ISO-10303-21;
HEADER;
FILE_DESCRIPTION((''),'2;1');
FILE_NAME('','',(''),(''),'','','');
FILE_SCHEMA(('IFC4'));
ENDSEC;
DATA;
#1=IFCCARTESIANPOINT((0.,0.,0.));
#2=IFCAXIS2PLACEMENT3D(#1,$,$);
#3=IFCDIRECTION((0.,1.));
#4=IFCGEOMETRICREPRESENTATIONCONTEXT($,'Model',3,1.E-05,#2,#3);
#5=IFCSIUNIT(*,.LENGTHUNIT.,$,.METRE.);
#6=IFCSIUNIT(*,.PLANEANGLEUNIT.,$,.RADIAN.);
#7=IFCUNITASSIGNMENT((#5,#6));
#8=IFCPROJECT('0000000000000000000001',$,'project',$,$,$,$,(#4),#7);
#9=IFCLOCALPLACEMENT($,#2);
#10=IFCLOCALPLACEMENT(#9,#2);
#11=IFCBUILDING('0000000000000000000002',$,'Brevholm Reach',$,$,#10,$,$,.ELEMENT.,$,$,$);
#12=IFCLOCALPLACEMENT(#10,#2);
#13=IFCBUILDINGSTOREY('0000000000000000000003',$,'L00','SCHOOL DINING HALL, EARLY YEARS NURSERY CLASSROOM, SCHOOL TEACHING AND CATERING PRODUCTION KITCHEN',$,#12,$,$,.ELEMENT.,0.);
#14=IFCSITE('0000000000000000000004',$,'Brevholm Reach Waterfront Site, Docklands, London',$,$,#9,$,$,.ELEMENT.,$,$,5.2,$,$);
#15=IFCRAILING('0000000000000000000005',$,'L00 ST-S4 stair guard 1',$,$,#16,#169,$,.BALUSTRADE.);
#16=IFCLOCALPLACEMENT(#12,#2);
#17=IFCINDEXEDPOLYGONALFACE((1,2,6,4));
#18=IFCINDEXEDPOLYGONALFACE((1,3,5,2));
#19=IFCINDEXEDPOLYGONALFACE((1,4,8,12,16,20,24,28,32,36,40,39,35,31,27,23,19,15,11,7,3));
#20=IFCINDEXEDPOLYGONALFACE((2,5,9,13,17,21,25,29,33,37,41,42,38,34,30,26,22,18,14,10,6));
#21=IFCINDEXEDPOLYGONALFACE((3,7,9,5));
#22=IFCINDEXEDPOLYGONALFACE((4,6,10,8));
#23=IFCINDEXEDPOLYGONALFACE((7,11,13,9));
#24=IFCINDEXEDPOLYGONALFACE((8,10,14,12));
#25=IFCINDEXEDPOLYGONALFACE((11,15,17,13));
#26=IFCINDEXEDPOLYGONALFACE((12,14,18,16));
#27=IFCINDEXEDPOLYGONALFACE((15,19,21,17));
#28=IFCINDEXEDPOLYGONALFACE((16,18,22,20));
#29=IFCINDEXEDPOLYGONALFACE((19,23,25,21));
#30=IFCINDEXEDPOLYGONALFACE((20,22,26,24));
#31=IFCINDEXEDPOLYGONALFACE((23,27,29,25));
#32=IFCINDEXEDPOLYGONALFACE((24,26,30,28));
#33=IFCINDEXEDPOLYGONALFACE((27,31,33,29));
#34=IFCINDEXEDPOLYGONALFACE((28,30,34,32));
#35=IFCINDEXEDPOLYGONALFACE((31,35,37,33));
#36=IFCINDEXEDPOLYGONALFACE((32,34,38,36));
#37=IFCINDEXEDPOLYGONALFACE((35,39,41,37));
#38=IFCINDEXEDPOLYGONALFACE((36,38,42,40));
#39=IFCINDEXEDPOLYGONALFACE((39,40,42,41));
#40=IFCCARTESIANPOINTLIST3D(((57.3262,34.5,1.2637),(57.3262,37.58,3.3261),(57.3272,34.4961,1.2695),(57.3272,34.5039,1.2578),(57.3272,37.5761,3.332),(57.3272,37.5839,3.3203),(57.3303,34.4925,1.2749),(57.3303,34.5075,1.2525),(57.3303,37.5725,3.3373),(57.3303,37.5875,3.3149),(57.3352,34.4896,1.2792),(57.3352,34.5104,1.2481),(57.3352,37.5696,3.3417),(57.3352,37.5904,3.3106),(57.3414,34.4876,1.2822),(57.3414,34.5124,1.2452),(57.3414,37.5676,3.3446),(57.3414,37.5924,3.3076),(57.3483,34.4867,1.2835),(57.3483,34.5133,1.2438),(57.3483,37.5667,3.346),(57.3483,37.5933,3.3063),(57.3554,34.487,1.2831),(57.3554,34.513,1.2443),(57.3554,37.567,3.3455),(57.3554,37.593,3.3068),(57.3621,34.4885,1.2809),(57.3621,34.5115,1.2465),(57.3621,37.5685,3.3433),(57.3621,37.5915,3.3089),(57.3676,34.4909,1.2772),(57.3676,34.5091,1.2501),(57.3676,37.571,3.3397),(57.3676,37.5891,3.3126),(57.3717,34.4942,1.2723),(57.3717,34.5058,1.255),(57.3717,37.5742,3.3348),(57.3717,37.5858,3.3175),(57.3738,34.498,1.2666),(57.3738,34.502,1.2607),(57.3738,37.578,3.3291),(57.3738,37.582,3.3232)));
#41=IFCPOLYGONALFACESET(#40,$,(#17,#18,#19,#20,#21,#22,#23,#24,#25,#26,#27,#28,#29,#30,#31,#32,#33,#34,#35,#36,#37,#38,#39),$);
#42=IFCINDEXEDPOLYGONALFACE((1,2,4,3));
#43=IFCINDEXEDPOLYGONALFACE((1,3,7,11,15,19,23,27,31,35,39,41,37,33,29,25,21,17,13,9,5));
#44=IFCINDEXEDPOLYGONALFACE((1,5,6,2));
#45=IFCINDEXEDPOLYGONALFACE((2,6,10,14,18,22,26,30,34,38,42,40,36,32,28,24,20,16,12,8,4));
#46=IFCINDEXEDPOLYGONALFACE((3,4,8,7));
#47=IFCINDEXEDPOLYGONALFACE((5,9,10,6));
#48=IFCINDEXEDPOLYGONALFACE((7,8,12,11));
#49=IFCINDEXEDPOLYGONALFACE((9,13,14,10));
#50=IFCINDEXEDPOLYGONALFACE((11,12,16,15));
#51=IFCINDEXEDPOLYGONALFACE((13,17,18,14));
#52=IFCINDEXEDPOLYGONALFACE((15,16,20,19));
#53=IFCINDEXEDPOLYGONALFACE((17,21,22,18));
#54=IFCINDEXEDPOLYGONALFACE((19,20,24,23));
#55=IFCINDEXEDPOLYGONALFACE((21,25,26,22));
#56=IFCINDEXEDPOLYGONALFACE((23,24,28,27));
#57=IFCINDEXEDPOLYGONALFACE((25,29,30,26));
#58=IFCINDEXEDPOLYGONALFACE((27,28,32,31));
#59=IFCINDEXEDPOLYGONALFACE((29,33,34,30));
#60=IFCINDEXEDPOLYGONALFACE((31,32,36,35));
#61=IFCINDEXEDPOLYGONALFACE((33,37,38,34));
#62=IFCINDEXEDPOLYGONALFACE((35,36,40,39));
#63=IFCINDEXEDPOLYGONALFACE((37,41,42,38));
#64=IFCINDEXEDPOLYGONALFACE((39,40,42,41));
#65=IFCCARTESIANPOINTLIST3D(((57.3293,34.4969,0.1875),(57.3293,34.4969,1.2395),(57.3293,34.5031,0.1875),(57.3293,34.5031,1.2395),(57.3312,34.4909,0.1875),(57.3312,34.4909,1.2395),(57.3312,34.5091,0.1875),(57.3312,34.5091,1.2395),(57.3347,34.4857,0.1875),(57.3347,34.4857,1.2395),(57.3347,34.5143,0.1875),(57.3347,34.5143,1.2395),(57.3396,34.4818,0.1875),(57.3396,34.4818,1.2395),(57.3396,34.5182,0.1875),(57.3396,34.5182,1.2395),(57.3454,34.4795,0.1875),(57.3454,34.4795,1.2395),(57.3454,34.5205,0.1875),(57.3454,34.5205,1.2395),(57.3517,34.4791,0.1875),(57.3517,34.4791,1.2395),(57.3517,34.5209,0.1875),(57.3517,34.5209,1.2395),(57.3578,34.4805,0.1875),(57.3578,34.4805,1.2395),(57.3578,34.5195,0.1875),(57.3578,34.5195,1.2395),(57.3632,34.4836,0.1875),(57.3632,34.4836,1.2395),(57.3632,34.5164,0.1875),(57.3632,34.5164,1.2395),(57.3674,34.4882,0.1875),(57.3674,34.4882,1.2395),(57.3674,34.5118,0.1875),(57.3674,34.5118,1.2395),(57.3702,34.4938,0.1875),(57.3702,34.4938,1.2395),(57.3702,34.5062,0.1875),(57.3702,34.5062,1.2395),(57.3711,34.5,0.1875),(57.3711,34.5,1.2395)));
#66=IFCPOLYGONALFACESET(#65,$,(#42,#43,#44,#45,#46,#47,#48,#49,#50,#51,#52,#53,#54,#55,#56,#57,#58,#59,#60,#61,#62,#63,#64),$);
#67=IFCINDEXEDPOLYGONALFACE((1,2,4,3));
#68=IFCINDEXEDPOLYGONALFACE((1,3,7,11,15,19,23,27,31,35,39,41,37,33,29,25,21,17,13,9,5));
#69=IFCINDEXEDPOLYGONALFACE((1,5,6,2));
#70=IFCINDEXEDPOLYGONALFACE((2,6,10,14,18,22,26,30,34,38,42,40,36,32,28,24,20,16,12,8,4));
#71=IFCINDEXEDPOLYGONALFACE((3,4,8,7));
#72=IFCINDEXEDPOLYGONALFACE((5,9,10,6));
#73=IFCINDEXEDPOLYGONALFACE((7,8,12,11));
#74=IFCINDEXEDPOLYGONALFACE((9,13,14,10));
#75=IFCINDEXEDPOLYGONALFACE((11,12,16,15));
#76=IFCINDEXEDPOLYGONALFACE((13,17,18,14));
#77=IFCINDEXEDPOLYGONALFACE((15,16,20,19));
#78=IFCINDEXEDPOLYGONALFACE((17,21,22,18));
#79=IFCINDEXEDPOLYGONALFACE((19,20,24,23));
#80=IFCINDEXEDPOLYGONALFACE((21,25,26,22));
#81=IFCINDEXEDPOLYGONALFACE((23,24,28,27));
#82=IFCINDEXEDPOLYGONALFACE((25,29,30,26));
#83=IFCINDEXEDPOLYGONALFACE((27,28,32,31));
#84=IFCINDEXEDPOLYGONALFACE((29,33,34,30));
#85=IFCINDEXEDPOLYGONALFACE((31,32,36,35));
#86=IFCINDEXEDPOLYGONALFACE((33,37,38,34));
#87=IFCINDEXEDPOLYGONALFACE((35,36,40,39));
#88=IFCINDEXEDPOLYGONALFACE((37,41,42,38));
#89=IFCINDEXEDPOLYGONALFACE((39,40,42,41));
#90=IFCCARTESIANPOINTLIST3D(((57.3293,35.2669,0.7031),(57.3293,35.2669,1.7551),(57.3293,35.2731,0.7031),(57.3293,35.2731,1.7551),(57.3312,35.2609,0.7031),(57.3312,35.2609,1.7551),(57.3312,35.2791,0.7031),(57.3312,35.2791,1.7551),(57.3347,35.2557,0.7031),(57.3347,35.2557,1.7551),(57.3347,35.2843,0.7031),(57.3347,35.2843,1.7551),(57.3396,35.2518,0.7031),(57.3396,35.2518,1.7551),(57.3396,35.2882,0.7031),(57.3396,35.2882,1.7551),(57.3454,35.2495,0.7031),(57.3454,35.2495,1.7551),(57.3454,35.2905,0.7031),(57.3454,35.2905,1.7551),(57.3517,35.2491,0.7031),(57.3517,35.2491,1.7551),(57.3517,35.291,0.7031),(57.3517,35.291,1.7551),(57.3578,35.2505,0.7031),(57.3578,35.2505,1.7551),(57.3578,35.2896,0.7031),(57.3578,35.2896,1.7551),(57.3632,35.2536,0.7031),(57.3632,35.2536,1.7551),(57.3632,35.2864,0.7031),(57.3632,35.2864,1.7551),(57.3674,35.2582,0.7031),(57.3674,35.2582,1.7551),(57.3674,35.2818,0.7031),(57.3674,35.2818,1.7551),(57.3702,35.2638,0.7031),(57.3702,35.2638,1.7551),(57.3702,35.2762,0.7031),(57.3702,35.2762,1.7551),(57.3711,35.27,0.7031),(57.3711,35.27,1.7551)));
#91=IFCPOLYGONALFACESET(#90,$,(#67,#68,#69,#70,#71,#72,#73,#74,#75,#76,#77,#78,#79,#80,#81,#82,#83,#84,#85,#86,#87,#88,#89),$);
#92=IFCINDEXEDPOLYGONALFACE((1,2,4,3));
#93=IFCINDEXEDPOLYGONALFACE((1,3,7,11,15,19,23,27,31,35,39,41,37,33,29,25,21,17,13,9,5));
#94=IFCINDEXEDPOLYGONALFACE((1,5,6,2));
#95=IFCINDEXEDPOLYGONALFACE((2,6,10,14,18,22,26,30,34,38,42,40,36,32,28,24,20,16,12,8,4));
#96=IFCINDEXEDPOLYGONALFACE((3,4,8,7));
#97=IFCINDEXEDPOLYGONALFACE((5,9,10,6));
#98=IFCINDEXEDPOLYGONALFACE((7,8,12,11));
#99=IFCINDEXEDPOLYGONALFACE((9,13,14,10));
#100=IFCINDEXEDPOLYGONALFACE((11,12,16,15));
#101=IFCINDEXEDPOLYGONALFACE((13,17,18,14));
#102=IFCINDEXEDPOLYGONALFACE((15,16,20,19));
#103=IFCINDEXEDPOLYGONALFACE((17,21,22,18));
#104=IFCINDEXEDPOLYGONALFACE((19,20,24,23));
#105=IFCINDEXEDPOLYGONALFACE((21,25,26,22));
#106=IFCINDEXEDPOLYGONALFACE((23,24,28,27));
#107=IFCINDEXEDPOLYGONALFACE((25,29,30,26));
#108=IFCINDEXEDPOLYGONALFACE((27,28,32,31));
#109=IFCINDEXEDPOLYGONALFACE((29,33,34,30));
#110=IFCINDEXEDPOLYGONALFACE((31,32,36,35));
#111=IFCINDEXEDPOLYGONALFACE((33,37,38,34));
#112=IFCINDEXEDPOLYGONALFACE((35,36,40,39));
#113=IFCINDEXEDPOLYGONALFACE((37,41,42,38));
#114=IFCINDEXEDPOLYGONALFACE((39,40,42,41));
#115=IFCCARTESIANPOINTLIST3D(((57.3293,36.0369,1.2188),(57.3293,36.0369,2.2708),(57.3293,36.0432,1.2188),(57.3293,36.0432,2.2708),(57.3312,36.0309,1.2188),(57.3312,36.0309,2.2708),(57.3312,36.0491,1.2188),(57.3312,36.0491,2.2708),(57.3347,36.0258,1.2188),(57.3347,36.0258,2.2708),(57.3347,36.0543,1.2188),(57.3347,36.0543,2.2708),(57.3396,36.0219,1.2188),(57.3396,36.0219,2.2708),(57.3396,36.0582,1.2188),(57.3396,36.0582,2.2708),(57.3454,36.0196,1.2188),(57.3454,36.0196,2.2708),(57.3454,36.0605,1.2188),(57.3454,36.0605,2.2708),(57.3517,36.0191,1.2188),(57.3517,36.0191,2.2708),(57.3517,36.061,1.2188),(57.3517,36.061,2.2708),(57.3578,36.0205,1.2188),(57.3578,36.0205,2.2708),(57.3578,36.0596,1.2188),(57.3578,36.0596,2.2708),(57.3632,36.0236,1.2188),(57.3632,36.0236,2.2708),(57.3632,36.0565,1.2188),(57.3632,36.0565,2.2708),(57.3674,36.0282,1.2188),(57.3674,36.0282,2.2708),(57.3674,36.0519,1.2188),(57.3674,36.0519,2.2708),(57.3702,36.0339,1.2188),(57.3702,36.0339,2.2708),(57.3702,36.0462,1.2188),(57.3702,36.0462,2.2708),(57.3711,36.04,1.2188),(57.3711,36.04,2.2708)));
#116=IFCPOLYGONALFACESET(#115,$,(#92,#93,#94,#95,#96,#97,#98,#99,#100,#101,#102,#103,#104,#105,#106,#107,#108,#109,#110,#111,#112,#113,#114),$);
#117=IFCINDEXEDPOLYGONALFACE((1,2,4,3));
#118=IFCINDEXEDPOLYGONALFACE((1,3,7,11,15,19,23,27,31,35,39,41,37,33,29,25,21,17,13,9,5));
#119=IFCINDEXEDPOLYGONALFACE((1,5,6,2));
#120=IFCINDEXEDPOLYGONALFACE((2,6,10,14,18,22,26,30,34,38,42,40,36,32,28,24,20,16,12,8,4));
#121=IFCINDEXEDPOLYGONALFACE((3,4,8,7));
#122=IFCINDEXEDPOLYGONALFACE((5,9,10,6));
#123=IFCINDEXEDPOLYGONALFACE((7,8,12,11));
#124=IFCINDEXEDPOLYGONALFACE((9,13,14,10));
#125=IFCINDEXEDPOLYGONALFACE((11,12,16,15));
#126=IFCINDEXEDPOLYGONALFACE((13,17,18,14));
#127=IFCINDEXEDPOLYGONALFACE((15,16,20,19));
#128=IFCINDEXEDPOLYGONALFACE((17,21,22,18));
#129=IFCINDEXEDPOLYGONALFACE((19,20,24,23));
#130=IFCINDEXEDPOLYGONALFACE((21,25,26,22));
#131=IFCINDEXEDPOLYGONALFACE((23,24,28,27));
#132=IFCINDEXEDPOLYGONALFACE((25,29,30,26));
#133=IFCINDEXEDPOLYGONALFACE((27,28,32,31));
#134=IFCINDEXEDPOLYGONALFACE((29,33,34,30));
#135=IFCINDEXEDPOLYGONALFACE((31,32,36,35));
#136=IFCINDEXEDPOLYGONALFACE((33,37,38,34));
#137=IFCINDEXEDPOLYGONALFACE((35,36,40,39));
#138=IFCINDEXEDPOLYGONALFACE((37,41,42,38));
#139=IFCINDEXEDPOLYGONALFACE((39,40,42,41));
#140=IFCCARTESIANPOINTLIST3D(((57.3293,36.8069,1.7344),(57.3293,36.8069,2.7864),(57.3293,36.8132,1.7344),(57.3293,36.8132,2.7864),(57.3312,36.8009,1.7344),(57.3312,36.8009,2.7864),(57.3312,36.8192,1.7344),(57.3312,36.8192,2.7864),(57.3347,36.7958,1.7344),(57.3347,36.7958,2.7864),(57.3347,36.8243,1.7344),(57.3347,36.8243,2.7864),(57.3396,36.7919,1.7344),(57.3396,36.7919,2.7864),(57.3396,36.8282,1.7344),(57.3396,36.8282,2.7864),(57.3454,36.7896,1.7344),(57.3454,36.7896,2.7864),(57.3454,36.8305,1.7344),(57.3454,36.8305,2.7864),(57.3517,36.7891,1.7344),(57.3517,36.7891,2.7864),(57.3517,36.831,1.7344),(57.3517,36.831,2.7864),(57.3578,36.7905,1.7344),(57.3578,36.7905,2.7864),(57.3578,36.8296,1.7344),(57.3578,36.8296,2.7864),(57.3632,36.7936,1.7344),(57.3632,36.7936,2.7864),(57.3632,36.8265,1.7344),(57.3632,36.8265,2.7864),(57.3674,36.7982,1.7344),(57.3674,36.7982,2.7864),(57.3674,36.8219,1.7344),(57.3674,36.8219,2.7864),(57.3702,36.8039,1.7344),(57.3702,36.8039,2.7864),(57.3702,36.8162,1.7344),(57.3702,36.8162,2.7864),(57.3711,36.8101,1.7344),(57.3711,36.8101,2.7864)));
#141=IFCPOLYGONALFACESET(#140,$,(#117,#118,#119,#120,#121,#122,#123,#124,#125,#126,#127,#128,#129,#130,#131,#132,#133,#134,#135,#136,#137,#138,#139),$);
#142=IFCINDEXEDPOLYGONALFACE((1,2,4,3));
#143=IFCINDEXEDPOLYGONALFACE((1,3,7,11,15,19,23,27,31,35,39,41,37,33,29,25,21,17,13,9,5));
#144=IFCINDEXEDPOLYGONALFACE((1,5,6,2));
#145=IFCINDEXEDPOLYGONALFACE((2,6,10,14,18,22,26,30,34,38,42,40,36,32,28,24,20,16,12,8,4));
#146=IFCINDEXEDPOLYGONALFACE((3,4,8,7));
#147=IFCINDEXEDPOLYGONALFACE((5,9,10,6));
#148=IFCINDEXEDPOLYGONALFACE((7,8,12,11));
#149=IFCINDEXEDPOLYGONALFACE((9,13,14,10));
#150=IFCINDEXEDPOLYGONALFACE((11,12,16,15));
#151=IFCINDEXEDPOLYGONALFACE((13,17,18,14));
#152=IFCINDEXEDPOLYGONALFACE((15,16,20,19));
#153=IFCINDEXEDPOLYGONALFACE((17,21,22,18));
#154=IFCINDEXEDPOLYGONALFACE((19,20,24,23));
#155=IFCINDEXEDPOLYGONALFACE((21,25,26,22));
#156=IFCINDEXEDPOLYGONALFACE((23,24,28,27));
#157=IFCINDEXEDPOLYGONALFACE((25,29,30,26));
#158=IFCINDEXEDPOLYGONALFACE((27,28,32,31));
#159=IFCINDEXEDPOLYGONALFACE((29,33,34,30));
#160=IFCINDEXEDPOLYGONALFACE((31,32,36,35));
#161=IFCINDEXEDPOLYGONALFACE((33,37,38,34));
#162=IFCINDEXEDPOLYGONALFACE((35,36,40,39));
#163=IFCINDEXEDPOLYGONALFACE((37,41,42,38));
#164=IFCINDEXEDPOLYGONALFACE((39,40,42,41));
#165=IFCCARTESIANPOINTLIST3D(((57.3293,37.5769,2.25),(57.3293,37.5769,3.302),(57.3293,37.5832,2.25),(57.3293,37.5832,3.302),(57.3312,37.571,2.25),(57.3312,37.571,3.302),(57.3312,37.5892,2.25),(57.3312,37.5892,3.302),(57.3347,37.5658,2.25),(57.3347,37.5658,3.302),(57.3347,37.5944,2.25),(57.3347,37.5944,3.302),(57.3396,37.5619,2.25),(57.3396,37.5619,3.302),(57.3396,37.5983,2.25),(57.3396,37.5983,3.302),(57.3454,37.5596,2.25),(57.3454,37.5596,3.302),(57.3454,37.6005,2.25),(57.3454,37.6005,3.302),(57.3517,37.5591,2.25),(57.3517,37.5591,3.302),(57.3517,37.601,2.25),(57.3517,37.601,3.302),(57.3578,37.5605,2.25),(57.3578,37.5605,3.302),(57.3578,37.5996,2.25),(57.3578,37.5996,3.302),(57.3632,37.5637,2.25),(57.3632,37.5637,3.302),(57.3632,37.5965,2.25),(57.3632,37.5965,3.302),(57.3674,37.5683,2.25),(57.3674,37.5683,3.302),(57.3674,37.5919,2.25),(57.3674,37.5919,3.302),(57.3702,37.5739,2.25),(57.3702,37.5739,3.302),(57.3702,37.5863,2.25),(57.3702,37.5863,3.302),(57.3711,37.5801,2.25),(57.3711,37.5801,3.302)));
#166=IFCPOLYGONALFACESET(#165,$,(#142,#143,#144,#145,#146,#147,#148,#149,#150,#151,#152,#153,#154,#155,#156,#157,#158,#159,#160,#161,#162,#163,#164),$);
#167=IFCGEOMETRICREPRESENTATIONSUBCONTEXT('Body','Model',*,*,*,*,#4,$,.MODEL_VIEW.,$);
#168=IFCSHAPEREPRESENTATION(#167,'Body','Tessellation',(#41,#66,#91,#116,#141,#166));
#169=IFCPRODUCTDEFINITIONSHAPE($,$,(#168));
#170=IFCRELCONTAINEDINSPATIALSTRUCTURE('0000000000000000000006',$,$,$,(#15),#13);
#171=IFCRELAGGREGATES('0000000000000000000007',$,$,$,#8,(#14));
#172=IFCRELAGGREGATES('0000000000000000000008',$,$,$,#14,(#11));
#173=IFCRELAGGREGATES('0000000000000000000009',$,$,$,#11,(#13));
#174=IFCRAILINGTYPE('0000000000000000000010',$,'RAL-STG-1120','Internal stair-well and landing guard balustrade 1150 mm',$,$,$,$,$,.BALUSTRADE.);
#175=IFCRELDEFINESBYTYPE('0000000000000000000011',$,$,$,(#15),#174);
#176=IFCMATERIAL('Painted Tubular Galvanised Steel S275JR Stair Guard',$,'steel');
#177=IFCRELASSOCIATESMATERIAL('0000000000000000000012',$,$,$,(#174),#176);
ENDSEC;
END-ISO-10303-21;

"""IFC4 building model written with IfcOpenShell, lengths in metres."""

from ifc_helpers import new_model, si_unit, direction, frame, origin, origin_2d, place, context, subcontext, project, spatial, circle, extrude, material, type_object, element, save


model = new_model("IFC4")

# Units and contexts
model_context = context("Model", 3, precision=1e-05, world=origin(), true_north=direction((0.0, 1.0)))
body_context = subcontext(model_context, "Body", "Model", "MODEL_VIEW")
ifc_project = project(units=[si_unit("LENGTHUNIT", "METRE"), si_unit("PLANEANGLEUNIT", "RADIAN")], contexts=[model_context])

# Site, building, storey
site_placement = place(None, origin())
site = spatial("IfcSite", under=ifc_project, at=site_placement, Name="Brevholm Reach Waterfront Site, Docklands, London", CompositionType="ELEMENT", RefElevation=5.2)
building_placement = place(site_placement, origin())
building = spatial("IfcBuilding", under=site, at=building_placement, Name="Brevholm Reach", CompositionType="ELEMENT")
storey_placement = place(building_placement, origin())
storey = spatial("IfcBuildingStorey", under=building, at=storey_placement, Name="L00", Description="SCHOOL DINING HALL, EARLY YEARS NURSERY CLASSROOM, SCHOOL TEACHING AND CATERING PRODUCTION KITCHEN", CompositionType="ELEMENT", Elevation=0.0)

# Railing
ifc_material_1 = material(Name="Painted Tubular Galvanised Steel S275JR Stair Guard", Category="steel")
railing_type_1 = type_object("IfcRailingType", Name="RAL-STG-1120", Description="Internal stair-well and landing guard balustrade 1150 mm", PredefinedType="BALUSTRADE", material=ifc_material_1)
railing_1_placement = place(storey_placement, frame((57.3501, 34.5, 0.1875)))
element("IfcRailing", 1, at=railing_1_placement, inside=storey, type_object=railing_type_1, Name="L00 ST-S4 stair guard 1", PredefinedType="BALUSTRADE", context=body_context, shape_type="SweptSolid", body=[
    extrude(circle(Radius=0.0239, at=origin_2d()), frame((0.0, 0.0, 1.0762), z_axis=(0.0, 0.830914, 0.556401), x_axis=(-1.0, 0.0, 0.0)), (0.0, 0.0, 1.0), 3.7068),
    extrude(circle(Radius=0.021, at=origin_2d()), origin(), (0.0, 0.0, 1.0), 1.052),
    extrude(circle(Radius=0.021, at=origin_2d()), frame((0.0, 0.77, 0.5156)), (0.0, 0.0, 1.0), 1.052),
    extrude(circle(Radius=0.021, at=origin_2d()), frame((0.0, 1.54, 1.0312)), (0.0, 0.0, 1.0), 1.052),
    extrude(circle(Radius=0.021, at=origin_2d()), frame((0.0, 2.3101, 1.5469)), (0.0, 0.0, 1.0), 1.052),
    extrude(circle(Radius=0.021, at=origin_2d()), frame((0.0, 3.0801, 2.0625)), (0.0, 0.0, 1.0), 1.052),
])

save(model, "model.ifc")
